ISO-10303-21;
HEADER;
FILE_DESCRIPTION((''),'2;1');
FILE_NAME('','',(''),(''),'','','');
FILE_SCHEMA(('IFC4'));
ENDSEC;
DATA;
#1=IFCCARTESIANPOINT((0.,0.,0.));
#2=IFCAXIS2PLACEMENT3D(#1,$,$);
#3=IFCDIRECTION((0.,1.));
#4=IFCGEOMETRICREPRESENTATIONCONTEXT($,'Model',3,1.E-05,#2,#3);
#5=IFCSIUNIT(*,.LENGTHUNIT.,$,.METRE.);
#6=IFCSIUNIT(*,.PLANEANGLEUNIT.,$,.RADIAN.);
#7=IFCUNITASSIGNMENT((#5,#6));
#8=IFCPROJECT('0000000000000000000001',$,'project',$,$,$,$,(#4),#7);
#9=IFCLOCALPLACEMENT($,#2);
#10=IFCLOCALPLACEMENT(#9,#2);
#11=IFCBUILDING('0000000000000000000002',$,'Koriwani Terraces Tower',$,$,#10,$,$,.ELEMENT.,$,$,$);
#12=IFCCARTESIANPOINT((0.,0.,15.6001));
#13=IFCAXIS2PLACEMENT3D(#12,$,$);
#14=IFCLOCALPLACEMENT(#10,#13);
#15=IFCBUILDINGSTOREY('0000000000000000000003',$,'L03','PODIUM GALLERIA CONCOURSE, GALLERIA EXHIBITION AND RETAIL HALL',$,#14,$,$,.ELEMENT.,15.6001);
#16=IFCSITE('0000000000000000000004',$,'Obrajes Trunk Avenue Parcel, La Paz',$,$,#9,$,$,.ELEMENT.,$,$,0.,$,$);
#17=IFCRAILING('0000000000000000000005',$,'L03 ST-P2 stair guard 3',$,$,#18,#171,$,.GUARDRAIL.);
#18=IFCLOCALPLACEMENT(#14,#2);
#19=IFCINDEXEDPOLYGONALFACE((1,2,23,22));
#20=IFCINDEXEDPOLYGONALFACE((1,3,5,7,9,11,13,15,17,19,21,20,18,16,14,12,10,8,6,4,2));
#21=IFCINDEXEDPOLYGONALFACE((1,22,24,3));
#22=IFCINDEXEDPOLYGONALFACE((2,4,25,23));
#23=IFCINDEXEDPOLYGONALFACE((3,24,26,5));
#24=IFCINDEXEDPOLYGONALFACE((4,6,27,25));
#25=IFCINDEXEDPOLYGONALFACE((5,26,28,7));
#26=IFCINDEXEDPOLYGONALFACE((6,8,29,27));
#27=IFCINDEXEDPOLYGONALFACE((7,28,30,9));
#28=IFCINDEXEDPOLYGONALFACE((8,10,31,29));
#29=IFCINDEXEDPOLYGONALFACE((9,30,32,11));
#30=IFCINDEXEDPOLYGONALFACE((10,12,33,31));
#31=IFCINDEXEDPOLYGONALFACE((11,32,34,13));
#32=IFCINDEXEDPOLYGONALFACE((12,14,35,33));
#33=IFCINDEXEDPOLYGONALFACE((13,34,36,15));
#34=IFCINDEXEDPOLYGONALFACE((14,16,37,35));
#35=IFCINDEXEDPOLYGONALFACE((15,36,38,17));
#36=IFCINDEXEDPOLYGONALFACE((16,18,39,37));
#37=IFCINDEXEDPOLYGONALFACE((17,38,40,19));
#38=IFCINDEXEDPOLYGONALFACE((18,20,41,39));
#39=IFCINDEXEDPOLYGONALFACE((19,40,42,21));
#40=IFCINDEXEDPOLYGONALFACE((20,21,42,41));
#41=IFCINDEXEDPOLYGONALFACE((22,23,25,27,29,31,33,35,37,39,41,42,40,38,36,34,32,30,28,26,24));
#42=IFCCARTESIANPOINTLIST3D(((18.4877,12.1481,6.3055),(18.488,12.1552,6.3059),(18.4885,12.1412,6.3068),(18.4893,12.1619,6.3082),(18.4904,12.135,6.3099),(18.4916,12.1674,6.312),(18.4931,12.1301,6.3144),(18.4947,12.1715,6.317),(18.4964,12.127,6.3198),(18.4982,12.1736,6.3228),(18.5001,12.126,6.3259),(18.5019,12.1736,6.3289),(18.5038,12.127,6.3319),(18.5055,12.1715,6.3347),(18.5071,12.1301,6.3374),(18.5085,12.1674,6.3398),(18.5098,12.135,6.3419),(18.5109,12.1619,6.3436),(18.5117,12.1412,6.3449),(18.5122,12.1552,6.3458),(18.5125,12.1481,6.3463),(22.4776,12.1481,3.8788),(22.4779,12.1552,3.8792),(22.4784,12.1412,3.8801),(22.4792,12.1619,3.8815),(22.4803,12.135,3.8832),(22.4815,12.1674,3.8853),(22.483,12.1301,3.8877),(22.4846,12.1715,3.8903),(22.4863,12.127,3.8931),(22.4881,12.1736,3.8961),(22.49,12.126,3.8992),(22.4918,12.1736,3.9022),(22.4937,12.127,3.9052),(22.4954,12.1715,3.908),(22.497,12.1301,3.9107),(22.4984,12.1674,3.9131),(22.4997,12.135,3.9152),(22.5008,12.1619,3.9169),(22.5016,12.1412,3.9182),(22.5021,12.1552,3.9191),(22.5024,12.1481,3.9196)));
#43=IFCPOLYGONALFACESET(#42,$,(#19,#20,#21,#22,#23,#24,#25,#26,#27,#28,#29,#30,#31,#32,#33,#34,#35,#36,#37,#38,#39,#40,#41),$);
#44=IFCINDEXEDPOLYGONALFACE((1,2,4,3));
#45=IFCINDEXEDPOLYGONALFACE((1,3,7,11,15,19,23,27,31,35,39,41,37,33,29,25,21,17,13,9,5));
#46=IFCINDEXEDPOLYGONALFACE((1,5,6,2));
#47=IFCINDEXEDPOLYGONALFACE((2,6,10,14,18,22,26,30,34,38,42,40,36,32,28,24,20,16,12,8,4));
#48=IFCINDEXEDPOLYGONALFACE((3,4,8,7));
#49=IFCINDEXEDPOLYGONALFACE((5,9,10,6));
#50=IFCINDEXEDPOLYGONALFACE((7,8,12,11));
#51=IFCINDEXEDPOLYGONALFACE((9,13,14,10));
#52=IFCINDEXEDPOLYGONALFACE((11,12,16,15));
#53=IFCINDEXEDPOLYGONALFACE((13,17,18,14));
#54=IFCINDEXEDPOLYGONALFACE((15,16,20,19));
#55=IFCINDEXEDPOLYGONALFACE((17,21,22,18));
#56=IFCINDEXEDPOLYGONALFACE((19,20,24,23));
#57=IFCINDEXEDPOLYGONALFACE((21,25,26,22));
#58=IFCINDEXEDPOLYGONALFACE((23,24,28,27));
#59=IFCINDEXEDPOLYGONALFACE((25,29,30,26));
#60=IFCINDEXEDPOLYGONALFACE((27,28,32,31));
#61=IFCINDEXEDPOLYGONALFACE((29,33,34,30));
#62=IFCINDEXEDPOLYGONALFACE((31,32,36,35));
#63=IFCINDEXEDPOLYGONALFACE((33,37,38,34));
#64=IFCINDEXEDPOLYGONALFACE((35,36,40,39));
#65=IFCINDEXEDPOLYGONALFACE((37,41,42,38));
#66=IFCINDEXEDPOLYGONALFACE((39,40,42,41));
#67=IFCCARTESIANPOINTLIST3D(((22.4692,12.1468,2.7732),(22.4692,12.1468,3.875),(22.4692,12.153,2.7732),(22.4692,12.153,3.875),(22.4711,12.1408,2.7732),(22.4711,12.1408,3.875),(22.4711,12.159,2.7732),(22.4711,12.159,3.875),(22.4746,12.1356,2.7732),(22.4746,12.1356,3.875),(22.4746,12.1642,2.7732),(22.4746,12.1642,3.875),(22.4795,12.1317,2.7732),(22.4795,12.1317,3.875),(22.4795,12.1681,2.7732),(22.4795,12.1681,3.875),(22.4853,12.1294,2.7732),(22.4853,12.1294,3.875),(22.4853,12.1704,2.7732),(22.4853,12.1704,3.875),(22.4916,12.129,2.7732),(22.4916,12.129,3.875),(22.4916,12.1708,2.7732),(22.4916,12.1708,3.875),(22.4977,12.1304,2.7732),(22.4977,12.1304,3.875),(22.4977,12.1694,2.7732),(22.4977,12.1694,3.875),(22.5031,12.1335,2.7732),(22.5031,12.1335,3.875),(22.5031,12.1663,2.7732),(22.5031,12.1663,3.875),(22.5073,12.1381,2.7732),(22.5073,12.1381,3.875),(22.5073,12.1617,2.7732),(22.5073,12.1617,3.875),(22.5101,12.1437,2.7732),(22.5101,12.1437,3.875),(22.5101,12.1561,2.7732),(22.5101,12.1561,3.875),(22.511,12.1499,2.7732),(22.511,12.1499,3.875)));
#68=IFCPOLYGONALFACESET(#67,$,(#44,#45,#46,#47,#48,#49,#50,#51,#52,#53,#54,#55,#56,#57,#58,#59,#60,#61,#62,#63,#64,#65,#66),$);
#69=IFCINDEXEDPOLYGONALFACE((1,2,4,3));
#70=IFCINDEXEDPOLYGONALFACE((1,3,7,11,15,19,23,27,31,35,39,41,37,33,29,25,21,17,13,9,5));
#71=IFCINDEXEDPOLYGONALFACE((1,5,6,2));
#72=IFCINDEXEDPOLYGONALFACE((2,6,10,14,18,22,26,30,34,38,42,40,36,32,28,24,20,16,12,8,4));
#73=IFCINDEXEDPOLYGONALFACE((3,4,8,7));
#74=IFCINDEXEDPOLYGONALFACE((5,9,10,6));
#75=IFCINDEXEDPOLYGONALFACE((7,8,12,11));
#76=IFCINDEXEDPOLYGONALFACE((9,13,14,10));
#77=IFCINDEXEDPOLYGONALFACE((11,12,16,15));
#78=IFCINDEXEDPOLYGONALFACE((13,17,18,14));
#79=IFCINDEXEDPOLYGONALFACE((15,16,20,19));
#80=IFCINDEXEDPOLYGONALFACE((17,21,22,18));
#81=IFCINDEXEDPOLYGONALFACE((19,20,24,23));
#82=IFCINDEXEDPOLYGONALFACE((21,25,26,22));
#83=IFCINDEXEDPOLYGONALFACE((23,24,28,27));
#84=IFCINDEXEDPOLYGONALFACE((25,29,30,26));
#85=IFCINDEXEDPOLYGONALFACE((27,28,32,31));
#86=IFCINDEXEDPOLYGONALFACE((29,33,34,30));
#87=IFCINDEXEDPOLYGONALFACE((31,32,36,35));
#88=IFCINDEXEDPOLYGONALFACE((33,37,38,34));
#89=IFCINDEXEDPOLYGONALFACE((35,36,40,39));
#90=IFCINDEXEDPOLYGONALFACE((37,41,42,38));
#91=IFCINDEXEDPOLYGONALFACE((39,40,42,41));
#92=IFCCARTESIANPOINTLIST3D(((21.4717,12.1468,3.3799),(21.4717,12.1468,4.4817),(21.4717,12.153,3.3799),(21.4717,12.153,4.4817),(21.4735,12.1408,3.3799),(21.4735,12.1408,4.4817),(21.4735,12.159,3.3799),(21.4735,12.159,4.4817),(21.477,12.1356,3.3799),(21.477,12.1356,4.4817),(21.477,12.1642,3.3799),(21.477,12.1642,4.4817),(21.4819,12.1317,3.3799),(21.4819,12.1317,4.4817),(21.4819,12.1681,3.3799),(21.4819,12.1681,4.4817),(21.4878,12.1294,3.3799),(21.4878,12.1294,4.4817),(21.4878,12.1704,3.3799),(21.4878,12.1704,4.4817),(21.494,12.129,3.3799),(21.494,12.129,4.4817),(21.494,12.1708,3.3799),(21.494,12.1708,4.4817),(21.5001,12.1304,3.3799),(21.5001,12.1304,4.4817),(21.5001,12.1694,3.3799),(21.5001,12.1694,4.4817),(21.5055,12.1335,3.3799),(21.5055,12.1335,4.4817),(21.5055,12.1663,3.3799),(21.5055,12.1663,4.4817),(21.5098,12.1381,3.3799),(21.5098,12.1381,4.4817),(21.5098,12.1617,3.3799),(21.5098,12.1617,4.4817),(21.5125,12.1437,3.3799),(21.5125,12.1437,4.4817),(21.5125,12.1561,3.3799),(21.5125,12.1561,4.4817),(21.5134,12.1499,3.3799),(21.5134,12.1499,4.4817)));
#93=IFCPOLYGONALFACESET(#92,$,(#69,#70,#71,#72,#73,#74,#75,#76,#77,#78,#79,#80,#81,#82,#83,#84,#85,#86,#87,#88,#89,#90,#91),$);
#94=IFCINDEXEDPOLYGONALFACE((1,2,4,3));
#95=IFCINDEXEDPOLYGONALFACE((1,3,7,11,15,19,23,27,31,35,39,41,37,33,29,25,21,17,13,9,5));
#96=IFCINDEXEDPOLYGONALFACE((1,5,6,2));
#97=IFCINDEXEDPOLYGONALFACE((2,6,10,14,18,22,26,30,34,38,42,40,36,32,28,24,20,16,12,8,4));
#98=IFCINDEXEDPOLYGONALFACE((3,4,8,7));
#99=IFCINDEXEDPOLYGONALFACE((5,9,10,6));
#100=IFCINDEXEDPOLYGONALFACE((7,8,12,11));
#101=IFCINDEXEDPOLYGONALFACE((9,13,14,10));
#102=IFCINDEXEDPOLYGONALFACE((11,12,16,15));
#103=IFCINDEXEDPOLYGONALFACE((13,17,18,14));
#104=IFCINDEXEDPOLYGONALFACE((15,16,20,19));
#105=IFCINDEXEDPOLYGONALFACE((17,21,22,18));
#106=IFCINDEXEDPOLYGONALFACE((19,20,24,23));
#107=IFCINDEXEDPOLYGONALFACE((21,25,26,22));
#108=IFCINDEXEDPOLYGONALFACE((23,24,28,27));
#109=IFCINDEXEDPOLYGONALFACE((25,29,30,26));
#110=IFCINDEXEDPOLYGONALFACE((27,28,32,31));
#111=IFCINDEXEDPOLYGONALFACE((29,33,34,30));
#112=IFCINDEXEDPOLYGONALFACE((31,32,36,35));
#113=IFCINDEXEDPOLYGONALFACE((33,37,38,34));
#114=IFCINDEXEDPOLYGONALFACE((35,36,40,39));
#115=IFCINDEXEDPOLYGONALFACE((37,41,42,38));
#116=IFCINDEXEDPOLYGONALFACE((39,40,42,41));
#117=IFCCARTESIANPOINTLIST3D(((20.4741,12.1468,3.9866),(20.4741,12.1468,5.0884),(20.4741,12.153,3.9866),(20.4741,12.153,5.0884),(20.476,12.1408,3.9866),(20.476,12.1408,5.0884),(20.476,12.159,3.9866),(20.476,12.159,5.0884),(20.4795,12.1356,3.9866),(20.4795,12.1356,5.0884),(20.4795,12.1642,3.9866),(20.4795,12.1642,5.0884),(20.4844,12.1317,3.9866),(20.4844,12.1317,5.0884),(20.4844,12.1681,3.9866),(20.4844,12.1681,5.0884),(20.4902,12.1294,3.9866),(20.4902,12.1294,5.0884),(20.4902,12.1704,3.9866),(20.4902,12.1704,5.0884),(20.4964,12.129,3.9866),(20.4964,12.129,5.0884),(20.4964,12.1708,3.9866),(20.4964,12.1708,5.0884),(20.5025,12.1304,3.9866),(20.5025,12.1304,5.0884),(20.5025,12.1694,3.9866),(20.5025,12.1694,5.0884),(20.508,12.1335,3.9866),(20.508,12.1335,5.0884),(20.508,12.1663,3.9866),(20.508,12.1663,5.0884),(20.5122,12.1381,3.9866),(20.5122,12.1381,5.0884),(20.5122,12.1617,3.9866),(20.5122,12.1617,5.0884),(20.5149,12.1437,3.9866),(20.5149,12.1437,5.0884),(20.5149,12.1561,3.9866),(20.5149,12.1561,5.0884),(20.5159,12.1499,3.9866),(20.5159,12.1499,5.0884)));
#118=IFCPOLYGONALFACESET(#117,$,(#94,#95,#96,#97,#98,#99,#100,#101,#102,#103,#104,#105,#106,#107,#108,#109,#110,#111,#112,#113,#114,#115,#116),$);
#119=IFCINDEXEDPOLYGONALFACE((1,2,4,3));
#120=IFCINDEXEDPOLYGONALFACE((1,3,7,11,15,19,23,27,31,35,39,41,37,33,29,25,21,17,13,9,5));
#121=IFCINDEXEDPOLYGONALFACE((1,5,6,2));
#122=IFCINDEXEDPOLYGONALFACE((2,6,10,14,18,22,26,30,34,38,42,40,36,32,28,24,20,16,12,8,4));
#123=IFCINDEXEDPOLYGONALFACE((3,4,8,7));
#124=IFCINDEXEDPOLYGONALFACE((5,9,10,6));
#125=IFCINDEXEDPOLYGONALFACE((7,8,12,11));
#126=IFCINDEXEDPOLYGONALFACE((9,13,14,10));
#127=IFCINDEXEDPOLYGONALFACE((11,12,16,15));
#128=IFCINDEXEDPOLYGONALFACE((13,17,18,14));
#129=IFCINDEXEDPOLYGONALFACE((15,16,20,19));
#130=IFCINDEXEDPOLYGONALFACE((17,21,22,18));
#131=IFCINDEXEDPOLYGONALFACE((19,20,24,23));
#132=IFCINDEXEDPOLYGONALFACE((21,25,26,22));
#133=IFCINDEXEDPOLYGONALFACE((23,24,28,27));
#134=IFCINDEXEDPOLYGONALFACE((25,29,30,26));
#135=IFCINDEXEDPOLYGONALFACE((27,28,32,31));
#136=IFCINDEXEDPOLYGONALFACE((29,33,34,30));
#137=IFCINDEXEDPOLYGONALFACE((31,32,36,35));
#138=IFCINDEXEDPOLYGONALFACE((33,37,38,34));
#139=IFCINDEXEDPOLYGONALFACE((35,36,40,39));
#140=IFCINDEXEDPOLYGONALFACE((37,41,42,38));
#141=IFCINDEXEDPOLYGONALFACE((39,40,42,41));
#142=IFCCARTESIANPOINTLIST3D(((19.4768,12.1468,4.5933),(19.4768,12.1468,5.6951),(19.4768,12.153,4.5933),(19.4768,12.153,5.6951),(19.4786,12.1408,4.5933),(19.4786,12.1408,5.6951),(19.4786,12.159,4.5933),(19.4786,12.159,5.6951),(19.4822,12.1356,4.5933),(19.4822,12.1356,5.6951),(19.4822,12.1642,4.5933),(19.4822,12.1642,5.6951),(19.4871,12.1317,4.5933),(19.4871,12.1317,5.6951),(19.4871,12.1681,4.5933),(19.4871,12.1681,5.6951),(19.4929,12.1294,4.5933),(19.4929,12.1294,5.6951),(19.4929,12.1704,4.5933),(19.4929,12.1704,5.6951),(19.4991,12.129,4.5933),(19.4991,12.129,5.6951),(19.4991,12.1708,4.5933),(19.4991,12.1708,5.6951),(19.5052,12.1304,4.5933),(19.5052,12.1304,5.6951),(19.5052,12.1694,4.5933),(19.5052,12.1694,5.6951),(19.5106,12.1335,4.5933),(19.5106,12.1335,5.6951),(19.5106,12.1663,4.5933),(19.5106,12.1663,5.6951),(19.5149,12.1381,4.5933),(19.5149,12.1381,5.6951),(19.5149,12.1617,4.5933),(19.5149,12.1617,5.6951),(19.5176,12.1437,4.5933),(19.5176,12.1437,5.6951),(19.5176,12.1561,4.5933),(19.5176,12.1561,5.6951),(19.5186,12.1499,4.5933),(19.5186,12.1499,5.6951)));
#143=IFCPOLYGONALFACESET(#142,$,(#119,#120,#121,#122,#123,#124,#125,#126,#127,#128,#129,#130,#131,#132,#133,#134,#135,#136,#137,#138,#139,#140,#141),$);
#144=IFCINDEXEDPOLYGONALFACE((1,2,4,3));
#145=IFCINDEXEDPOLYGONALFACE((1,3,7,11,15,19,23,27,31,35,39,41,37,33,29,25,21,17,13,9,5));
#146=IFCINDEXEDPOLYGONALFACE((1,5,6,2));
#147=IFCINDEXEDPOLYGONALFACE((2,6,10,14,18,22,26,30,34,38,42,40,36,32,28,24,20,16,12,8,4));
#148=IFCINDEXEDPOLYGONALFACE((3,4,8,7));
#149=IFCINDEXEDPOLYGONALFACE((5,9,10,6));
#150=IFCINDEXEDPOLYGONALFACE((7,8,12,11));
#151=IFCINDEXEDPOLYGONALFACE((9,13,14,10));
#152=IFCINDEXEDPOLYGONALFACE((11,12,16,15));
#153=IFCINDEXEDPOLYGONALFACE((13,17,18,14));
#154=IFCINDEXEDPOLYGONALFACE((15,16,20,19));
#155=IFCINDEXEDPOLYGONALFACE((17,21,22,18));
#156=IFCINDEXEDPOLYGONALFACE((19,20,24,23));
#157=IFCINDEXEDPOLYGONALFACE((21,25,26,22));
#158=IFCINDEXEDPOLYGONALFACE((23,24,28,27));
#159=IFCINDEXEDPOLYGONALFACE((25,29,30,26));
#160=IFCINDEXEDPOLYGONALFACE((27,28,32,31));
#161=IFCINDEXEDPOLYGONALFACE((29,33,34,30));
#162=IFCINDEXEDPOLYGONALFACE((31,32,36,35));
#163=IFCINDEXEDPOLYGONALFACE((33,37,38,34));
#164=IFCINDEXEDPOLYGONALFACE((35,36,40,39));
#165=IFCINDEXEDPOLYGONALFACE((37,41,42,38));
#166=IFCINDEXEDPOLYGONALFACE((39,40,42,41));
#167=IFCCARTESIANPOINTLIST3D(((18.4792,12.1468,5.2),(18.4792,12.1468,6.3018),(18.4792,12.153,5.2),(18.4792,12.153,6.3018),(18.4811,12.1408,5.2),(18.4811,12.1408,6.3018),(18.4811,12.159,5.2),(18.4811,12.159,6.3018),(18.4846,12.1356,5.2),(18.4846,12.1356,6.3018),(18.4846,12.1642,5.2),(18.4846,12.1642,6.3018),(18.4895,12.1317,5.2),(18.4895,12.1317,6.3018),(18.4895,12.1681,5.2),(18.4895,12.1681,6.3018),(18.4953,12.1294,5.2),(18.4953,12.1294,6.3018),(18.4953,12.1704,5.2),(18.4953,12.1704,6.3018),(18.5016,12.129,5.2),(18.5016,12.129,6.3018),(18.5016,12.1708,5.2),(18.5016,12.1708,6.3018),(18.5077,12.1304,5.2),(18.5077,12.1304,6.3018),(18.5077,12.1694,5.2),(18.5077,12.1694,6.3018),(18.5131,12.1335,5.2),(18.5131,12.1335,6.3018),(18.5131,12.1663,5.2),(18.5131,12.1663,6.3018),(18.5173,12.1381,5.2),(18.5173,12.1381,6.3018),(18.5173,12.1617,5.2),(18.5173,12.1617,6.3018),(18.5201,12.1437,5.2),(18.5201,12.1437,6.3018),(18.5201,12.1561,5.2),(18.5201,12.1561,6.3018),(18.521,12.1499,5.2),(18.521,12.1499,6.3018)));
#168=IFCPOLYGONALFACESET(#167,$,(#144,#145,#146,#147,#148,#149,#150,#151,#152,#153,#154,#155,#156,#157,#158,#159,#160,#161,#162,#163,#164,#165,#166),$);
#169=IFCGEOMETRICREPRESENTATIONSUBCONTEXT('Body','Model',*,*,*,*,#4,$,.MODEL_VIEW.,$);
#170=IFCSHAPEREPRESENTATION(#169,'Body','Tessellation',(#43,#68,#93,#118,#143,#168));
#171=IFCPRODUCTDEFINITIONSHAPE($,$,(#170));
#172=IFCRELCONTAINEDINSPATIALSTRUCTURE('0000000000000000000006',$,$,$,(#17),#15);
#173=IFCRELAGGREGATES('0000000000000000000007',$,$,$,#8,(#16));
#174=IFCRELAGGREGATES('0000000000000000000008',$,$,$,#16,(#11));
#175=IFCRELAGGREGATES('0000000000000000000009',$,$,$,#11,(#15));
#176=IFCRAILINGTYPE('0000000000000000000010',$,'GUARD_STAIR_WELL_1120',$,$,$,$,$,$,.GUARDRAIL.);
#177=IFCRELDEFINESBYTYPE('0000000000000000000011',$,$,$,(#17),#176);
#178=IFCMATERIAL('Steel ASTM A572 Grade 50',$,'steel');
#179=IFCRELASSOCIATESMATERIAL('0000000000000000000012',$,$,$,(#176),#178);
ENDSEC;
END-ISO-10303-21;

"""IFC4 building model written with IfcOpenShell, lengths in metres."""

from ifc_helpers import new_model, si_unit, direction, frame, origin, origin_2d, place, context, subcontext, project, spatial, circle, extrude, material, type_object, element, save


model = new_model("IFC4")

# Units and contexts
model_context = context("Model", 3, precision=1e-05, world=origin(), true_north=direction((0.0, 1.0)))
body_context = subcontext(model_context, "Body", "Model", "MODEL_VIEW")
ifc_project = project(units=[si_unit("LENGTHUNIT", "METRE"), si_unit("PLANEANGLEUNIT", "RADIAN")], contexts=[model_context])

# Site, building, storey
site_placement = place(None, origin())
site = spatial("IfcSite", under=ifc_project, at=site_placement, Name="Obrajes Trunk Avenue Parcel, La Paz", CompositionType="ELEMENT", RefElevation=0.0)
building_placement = place(site_placement, origin())
building = spatial("IfcBuilding", under=site, at=building_placement, Name="Koriwani Terraces Tower", CompositionType="ELEMENT")
storey_placement = place(building_placement, frame((0.0, 0.0, 15.6001)))
storey = spatial("IfcBuildingStorey", under=building, at=storey_placement, Name="L03", Description="PODIUM GALLERIA CONCOURSE, GALLERIA EXHIBITION AND RETAIL HALL", CompositionType="ELEMENT", Elevation=15.6001)

# Shared definitions
ifc_material_1 = material(Name="Steel ASTM A572 Grade 50", Category="steel")

# Railing
railing_type_1 = type_object("IfcRailingType", Name="GUARD_STAIR_WELL_1120", PredefinedType="GUARDRAIL", material=ifc_material_1)
railing_1_placement = place(storey_placement, frame((22.49, 12.1499, 2.7732)))
element("IfcRailing", 1, at=railing_1_placement, inside=storey, type_object=railing_type_1, Name="L03 ST-P2 stair guard 3", PredefinedType="GUARDRAIL", context=body_context, shape_type="SweptSolid", body=[
    extrude(circle(Radius=0.0239, at=origin_2d()), frame((0.0, 0.0, 1.126), z_axis=(-0.854382, 0.0, 0.519645), x_axis=(0.0, -1.0, 0.0)), (0.0, 0.0, 1.0), 4.6699),
    extrude(circle(Radius=0.021, at=origin_2d()), origin(), (0.0, 0.0, 1.0), 1.1018),
    extrude(circle(Radius=0.021, at=origin_2d()), frame((-0.9976, 0.0, 0.6067)), (0.0, 0.0, 1.0), 1.1018),
    extrude(circle(Radius=0.021, at=origin_2d()), frame((-1.9951, 0.0, 1.2134)), (0.0, 0.0, 1.0), 1.1018),
    extrude(circle(Radius=0.021, at=origin_2d()), frame((-2.9924, 0.0, 1.8201)), (0.0, 0.0, 1.0), 1.1018),
    extrude(circle(Radius=0.021, at=origin_2d()), frame((-3.99, 0.0, 2.4268)), (0.0, 0.0, 1.0), 1.1018),
])

save(model, "model.ifc")
